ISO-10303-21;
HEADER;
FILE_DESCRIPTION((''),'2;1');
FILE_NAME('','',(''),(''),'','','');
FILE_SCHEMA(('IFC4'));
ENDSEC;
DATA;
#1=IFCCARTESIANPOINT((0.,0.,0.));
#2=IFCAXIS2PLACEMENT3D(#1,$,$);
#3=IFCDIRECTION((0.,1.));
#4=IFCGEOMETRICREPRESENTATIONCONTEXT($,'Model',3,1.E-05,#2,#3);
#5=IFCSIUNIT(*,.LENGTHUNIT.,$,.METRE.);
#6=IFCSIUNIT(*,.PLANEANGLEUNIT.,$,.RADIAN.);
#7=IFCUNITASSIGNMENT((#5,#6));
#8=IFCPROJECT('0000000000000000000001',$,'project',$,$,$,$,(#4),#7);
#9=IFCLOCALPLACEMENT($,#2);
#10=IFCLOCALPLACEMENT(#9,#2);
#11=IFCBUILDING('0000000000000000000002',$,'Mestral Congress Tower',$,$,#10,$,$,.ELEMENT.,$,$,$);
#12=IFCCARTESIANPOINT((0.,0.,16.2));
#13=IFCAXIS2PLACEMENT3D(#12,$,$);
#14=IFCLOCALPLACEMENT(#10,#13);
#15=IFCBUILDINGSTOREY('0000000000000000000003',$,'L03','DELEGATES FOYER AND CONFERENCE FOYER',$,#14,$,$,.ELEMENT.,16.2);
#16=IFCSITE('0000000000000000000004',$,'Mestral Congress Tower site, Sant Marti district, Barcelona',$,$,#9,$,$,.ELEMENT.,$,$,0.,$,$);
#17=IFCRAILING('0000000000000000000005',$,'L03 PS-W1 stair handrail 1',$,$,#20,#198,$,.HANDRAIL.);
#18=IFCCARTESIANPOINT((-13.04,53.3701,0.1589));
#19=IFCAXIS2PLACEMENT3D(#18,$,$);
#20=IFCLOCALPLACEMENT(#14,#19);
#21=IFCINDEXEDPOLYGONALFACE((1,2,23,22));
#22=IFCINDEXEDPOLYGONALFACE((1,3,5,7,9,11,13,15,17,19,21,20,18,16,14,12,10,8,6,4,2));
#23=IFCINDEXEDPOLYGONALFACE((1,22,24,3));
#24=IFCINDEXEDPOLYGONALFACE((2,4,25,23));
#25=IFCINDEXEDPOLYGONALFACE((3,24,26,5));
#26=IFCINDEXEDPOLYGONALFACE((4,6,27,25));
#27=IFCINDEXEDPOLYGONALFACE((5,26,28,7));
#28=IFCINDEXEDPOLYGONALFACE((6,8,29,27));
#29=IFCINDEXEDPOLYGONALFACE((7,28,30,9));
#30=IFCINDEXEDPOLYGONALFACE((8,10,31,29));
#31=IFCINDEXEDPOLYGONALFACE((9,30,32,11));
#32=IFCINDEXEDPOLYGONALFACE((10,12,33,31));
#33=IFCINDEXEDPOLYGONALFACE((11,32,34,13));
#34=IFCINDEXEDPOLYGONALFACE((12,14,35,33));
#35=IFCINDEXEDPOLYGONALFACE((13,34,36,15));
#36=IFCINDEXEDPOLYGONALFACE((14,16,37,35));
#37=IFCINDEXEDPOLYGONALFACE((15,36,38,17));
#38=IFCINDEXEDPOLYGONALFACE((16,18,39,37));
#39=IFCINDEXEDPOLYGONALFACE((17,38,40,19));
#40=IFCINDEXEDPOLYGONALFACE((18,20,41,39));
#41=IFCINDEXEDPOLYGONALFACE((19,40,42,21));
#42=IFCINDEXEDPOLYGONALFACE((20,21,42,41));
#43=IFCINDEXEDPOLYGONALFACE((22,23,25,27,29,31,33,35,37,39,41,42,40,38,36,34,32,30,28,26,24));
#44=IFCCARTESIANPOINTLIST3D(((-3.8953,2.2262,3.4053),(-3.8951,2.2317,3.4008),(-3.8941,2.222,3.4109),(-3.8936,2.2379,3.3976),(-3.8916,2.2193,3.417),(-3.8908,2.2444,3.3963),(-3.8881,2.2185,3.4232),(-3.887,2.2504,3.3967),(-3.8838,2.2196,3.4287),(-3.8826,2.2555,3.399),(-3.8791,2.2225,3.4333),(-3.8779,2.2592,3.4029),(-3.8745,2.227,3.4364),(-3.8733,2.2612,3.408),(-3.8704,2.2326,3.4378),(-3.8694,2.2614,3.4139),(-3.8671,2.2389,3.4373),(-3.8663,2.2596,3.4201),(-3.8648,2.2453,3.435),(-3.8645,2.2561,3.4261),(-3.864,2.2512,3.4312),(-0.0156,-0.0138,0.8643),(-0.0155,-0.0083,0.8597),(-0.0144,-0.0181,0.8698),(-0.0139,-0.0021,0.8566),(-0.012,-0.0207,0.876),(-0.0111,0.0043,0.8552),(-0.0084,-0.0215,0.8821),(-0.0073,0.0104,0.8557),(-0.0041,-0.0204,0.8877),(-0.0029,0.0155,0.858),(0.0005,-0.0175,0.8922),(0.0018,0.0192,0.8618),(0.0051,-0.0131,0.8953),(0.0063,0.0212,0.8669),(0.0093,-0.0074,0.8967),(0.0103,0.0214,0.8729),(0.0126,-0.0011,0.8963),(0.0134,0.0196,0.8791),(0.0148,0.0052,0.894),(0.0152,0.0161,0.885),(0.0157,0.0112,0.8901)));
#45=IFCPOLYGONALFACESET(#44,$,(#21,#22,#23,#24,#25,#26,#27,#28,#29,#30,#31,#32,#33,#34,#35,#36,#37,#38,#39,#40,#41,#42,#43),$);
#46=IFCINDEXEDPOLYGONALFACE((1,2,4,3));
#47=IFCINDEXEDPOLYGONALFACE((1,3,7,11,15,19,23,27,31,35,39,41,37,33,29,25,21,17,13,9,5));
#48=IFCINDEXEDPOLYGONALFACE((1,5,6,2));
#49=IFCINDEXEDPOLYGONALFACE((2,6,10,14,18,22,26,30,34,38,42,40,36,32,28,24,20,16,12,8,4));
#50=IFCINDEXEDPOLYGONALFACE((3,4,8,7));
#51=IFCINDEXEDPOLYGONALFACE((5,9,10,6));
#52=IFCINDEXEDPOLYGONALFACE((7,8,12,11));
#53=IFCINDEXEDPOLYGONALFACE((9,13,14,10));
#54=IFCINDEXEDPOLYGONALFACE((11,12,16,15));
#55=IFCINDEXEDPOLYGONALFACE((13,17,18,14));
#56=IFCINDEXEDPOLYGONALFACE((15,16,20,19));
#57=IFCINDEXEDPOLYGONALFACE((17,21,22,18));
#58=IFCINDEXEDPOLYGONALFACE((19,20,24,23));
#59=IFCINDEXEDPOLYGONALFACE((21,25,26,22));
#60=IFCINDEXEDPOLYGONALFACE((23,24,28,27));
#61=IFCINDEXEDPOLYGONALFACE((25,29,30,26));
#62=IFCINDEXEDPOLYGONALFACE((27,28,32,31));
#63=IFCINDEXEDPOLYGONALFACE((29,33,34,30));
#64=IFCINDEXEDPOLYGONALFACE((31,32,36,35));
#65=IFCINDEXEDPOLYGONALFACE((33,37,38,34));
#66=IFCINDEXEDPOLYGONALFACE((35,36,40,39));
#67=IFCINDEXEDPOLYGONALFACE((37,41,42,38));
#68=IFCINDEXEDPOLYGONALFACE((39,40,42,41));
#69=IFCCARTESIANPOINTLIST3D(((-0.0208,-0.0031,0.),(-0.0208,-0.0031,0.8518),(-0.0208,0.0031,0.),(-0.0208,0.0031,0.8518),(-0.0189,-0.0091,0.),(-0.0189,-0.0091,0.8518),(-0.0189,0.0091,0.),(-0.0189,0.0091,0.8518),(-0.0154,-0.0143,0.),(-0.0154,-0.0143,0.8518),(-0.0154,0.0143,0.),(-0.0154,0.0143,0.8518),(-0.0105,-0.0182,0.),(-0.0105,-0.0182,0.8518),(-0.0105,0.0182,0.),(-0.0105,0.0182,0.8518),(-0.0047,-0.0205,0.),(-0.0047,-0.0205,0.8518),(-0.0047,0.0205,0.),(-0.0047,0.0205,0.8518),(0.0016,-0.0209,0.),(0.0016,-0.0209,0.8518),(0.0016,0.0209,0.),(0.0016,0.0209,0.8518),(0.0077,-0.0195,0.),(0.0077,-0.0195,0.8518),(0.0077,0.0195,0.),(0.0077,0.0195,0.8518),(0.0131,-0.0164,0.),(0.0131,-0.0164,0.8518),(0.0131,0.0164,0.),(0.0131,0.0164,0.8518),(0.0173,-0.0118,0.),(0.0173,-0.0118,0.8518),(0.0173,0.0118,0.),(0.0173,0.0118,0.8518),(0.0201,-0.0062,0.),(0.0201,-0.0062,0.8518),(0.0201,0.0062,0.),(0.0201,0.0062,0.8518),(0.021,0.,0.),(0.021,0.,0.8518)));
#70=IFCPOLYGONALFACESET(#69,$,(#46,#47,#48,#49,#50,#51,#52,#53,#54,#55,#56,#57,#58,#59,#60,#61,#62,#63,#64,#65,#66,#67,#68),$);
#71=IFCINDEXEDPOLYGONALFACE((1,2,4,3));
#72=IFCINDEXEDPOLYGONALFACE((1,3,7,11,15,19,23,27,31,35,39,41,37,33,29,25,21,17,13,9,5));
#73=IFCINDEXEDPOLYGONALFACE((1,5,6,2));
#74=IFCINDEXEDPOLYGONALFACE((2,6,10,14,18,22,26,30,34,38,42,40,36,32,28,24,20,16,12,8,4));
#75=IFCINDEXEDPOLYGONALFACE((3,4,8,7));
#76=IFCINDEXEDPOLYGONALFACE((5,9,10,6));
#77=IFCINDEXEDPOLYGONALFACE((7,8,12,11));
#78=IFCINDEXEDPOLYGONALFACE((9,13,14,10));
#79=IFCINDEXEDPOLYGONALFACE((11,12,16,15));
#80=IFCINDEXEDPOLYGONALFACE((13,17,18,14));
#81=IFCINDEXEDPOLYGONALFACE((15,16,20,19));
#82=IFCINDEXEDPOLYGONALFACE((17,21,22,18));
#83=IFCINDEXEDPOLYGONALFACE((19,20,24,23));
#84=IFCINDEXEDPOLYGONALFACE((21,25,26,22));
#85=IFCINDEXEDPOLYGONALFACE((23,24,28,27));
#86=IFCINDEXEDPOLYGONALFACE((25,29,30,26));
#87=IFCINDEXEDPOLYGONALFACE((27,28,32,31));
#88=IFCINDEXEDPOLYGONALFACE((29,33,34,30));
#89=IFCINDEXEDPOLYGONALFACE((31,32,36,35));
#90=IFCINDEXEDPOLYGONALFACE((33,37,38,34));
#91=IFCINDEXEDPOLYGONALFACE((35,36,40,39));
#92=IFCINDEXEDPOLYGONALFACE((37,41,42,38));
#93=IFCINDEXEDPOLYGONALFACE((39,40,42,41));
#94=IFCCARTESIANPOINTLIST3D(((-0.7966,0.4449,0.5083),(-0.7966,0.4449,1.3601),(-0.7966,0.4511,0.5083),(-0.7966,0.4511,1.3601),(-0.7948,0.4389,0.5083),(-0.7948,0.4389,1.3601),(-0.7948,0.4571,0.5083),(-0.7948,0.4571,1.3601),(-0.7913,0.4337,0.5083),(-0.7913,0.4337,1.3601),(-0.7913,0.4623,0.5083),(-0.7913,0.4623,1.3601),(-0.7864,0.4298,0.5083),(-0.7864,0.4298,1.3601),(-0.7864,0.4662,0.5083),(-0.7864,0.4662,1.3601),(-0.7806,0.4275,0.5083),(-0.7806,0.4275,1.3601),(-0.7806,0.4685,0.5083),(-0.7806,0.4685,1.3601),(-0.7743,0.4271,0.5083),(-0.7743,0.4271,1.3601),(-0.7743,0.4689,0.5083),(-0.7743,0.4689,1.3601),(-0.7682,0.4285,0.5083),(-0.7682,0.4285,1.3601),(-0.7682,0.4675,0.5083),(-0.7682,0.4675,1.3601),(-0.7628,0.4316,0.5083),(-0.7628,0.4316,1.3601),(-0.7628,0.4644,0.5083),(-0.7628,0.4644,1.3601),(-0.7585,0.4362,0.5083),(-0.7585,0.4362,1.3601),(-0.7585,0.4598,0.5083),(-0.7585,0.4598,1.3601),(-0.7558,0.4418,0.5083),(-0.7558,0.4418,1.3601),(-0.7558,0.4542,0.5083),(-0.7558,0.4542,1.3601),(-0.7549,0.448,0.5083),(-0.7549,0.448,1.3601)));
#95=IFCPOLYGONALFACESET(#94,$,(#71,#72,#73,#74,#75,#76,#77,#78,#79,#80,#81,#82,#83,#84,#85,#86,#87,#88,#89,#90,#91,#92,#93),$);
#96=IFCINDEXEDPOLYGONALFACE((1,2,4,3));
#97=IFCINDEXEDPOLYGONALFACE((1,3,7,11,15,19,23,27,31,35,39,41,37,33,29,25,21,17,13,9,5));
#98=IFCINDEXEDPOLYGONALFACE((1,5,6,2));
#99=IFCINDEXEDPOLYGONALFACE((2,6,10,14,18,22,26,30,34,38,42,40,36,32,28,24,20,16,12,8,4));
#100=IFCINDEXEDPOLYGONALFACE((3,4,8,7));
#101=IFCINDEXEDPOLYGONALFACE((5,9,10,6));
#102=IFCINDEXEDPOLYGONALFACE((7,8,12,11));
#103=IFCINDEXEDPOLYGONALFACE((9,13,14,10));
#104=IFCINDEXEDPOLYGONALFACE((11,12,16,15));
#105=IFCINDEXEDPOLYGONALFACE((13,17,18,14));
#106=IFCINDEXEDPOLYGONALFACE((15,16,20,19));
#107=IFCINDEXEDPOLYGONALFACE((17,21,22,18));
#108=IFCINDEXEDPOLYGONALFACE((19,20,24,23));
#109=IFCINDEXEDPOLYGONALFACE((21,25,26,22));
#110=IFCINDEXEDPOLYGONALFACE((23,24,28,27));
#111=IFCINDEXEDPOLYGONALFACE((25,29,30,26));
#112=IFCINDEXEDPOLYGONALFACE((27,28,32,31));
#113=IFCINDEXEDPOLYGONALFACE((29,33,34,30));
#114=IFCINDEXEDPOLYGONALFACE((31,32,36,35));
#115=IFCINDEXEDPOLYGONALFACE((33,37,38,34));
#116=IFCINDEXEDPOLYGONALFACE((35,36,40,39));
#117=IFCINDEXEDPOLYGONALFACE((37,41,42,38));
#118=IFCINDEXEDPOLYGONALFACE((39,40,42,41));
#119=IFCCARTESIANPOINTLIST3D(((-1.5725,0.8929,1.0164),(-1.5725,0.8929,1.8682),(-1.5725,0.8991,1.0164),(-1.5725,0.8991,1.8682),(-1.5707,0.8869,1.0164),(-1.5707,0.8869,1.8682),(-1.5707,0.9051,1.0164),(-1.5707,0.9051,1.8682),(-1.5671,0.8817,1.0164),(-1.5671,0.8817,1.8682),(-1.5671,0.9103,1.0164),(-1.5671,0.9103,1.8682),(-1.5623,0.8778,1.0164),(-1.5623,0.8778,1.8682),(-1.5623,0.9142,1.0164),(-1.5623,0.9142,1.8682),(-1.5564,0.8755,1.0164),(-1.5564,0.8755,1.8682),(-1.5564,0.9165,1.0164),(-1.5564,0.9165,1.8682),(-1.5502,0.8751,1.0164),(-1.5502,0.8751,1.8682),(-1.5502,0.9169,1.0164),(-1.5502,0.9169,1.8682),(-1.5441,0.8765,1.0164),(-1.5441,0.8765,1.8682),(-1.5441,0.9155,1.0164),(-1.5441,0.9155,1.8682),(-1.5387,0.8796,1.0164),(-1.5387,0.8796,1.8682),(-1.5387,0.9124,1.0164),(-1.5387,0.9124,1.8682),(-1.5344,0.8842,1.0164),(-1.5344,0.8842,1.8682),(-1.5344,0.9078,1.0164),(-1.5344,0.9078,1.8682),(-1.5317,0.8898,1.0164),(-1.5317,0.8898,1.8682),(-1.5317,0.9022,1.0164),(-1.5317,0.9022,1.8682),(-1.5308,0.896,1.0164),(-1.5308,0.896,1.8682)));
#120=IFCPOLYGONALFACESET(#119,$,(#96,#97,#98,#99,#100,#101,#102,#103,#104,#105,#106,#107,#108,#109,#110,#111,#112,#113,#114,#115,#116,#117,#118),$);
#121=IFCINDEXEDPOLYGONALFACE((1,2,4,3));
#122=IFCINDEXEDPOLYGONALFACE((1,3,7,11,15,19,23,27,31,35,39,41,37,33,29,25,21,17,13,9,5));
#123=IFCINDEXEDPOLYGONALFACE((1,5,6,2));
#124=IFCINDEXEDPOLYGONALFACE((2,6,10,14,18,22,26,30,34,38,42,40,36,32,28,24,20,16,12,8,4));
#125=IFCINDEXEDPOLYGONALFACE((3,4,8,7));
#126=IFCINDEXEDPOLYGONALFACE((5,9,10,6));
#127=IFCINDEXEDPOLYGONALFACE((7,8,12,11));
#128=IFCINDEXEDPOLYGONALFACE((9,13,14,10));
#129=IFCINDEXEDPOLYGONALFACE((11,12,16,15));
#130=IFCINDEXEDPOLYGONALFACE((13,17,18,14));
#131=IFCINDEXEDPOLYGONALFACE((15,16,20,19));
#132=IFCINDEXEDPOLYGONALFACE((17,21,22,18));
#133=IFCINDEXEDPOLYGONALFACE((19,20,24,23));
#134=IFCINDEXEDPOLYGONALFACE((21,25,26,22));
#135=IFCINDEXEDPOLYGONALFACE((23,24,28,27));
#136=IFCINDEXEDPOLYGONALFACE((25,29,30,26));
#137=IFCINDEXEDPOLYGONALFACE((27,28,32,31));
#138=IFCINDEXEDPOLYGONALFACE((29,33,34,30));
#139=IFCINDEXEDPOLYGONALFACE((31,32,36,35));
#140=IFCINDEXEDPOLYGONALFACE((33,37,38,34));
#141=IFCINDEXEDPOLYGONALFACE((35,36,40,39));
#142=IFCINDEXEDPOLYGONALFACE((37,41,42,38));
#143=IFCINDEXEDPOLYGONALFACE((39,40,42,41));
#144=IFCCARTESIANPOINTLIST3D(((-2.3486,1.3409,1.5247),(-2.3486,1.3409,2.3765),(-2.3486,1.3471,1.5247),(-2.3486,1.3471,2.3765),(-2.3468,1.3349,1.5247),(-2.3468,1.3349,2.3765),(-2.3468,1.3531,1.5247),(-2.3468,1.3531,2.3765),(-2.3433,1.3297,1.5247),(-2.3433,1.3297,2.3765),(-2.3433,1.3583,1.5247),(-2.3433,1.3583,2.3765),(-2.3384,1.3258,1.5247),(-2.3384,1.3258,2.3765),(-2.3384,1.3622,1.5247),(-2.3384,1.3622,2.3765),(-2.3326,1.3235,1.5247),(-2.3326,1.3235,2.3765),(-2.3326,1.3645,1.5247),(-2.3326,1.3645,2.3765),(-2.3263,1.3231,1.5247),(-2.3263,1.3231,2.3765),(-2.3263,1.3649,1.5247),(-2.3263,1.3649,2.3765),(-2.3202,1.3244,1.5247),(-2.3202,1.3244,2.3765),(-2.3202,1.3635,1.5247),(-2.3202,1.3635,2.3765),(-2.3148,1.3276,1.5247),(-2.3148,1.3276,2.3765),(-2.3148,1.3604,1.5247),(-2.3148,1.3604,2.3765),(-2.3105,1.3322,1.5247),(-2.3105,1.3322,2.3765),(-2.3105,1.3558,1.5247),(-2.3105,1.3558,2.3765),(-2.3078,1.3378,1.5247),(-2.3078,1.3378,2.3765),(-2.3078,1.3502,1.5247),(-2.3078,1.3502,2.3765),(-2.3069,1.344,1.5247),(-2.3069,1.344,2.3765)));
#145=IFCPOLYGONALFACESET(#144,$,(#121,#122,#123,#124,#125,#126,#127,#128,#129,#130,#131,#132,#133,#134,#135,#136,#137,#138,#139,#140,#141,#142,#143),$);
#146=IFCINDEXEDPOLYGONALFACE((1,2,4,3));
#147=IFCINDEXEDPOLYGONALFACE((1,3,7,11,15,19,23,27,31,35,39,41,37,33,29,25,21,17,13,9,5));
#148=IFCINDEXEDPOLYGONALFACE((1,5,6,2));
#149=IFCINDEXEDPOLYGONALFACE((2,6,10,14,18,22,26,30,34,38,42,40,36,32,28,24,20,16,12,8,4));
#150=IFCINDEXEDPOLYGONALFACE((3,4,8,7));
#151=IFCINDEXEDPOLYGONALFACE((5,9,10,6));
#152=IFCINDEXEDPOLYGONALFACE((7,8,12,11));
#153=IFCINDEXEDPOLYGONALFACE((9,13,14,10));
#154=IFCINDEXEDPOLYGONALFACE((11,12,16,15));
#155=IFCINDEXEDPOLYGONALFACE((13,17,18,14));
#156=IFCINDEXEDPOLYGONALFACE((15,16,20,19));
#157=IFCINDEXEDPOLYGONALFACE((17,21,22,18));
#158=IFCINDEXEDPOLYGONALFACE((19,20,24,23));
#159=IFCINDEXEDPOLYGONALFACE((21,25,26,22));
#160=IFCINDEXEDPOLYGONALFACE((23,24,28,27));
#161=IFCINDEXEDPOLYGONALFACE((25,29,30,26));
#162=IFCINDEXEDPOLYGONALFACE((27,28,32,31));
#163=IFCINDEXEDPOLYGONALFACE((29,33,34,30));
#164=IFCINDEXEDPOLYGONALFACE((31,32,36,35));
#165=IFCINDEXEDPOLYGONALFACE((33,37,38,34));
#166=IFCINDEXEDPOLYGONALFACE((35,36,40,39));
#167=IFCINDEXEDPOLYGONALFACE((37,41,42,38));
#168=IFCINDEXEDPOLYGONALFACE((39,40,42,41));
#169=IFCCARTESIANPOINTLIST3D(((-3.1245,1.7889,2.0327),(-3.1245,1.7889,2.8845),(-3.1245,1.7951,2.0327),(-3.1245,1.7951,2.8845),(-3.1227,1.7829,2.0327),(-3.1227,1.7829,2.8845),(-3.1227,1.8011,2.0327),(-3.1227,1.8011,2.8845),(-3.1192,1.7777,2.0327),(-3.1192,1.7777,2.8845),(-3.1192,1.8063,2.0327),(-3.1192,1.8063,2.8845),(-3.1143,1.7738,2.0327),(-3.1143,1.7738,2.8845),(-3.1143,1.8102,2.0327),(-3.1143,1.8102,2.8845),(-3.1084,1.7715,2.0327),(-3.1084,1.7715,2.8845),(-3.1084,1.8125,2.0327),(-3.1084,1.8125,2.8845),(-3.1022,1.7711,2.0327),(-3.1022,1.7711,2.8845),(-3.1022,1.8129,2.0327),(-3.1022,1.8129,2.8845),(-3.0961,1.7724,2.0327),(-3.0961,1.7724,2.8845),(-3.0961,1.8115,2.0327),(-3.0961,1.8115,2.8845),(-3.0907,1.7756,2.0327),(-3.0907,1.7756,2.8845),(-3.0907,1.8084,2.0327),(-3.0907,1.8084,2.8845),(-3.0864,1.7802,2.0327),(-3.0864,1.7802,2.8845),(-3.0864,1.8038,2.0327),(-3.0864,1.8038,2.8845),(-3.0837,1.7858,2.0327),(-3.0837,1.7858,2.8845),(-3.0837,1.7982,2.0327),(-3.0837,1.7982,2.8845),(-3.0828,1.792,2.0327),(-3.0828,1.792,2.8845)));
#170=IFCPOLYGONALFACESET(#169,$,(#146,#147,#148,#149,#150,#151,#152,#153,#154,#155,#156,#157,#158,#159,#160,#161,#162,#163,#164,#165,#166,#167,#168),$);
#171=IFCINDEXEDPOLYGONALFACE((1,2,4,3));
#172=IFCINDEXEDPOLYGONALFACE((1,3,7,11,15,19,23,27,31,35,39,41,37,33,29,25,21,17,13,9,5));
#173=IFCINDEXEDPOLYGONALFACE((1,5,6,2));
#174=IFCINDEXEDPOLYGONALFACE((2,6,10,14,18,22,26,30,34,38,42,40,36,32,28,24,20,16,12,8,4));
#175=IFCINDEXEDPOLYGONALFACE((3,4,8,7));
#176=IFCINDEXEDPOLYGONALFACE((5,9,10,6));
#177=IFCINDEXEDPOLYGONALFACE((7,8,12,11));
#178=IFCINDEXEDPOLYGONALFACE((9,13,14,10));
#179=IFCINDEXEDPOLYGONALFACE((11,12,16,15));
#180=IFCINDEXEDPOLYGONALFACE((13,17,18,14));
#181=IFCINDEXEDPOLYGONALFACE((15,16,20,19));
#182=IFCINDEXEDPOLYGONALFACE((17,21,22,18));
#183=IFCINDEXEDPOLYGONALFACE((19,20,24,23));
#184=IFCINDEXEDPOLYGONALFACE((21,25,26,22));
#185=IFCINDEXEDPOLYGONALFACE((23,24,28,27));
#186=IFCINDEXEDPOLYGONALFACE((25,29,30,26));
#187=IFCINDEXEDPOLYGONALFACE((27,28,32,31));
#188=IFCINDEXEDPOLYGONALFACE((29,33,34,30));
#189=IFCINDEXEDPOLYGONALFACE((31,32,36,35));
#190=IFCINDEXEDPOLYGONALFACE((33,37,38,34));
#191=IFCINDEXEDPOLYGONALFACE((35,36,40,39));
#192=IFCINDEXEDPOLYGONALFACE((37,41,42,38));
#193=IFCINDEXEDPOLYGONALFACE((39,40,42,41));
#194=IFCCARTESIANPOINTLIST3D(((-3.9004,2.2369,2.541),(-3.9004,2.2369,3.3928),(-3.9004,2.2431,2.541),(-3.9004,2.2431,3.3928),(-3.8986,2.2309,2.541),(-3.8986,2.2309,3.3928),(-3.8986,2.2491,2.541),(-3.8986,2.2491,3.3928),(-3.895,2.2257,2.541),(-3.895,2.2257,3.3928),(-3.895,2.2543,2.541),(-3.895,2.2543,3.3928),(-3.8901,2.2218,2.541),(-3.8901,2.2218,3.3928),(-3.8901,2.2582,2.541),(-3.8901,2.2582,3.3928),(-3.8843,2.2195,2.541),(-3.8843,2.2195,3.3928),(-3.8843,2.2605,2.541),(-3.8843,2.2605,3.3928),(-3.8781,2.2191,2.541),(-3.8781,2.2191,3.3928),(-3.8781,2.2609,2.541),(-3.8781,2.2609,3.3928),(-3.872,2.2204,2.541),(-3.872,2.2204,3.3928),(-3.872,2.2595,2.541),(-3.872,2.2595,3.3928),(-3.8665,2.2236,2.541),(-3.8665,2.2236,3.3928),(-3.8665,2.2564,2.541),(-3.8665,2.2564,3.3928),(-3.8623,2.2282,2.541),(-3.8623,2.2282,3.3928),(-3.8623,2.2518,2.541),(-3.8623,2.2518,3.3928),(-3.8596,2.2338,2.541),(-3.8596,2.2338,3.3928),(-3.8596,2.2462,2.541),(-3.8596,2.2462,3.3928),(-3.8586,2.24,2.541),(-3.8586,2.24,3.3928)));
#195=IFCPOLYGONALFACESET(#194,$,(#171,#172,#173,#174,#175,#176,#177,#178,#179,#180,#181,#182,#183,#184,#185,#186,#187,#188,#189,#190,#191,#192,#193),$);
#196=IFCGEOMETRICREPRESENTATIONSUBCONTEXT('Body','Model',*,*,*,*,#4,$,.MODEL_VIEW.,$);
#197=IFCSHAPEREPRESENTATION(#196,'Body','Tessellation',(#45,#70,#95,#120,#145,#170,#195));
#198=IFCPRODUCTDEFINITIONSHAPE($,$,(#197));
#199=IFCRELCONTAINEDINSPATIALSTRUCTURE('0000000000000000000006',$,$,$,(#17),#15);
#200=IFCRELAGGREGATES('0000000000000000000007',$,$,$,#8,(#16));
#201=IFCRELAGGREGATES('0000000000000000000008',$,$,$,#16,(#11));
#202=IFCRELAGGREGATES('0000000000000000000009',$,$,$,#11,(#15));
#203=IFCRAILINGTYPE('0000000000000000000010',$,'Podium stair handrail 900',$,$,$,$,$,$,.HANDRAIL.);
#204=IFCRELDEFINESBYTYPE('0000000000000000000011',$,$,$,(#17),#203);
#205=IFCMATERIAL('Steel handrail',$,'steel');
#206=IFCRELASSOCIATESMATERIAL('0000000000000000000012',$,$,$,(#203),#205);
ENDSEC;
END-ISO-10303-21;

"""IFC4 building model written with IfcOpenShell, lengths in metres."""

from ifc_helpers import new_model, si_unit, direction, frame, origin, origin_2d, place, context, subcontext, project, spatial, circle, extrude, material, type_object, element, save


model = new_model("IFC4")

# Units and contexts
model_context = context("Model", 3, precision=1e-05, world=origin(), true_north=direction((0.0, 1.0)))
body_context = subcontext(model_context, "Body", "Model", "MODEL_VIEW")
ifc_project = project(units=[si_unit("LENGTHUNIT", "METRE"), si_unit("PLANEANGLEUNIT", "RADIAN")], contexts=[model_context])

# Site, building, storey
site_placement = place(None, origin())
site = spatial("IfcSite", under=ifc_project, at=site_placement, Name="Mestral Congress Tower site, Sant Marti district, Barcelona", CompositionType="ELEMENT", RefElevation=0.0)
building_placement = place(site_placement, origin())
building = spatial("IfcBuilding", under=site, at=building_placement, Name="Mestral Congress Tower", CompositionType="ELEMENT")
storey_placement = place(building_placement, frame((0.0, 0.0, 16.2)))
storey = spatial("IfcBuildingStorey", under=building, at=storey_placement, Name="L03", Description="DELEGATES FOYER AND CONFERENCE FOYER", CompositionType="ELEMENT", Elevation=16.2)

# Railing
ifc_material_1 = material(Name="Steel handrail", Category="steel")
railing_type = type_object("IfcRailingType", Name="Podium stair handrail 900", PredefinedType="HANDRAIL", material=ifc_material_1)
railing_placement = place(storey_placement, frame((-13.04, 53.3701, 0.1589)))
element("IfcRailing", 1, at=railing_placement, inside=storey, type_object=railing_type, Name="L03 PS-W1 stair handrail 1", PredefinedType="HANDRAIL", context=body_context, shape_type="SweptSolid", body=[
    extrude(circle(Radius=0.0239, at=origin_2d()), frame((0.0, 0.0, 0.876), z_axis=(-0.753279, 0.434922, 0.493369), x_axis=(-0.500013, -0.866018, 0.0)), (0.0, 0.0, 1.0), 5.1504),
    extrude(circle(Radius=0.021, at=origin_2d()), origin(), (0.0, 0.0, 1.0), 0.8518),
    extrude(circle(Radius=0.021, at=origin_2d()), frame((-0.7759, 0.448, 0.5083)), (0.0, 0.0, 1.0), 0.8518),
    extrude(circle(Radius=0.021, at=origin_2d()), frame((-1.5518, 0.896, 1.0164)), (0.0, 0.0, 1.0), 0.8518),
    extrude(circle(Radius=0.021, at=origin_2d()), frame((-2.3279, 1.344, 1.5247)), (0.0, 0.0, 1.0), 0.8518),
    extrude(circle(Radius=0.021, at=origin_2d()), frame((-3.1038, 1.792, 2.0327)), (0.0, 0.0, 1.0), 0.8518),
    extrude(circle(Radius=0.021, at=origin_2d()), frame((-3.8796, 2.24, 2.541)), (0.0, 0.0, 1.0), 0.8518),
])

save(model, "model.ifc")
